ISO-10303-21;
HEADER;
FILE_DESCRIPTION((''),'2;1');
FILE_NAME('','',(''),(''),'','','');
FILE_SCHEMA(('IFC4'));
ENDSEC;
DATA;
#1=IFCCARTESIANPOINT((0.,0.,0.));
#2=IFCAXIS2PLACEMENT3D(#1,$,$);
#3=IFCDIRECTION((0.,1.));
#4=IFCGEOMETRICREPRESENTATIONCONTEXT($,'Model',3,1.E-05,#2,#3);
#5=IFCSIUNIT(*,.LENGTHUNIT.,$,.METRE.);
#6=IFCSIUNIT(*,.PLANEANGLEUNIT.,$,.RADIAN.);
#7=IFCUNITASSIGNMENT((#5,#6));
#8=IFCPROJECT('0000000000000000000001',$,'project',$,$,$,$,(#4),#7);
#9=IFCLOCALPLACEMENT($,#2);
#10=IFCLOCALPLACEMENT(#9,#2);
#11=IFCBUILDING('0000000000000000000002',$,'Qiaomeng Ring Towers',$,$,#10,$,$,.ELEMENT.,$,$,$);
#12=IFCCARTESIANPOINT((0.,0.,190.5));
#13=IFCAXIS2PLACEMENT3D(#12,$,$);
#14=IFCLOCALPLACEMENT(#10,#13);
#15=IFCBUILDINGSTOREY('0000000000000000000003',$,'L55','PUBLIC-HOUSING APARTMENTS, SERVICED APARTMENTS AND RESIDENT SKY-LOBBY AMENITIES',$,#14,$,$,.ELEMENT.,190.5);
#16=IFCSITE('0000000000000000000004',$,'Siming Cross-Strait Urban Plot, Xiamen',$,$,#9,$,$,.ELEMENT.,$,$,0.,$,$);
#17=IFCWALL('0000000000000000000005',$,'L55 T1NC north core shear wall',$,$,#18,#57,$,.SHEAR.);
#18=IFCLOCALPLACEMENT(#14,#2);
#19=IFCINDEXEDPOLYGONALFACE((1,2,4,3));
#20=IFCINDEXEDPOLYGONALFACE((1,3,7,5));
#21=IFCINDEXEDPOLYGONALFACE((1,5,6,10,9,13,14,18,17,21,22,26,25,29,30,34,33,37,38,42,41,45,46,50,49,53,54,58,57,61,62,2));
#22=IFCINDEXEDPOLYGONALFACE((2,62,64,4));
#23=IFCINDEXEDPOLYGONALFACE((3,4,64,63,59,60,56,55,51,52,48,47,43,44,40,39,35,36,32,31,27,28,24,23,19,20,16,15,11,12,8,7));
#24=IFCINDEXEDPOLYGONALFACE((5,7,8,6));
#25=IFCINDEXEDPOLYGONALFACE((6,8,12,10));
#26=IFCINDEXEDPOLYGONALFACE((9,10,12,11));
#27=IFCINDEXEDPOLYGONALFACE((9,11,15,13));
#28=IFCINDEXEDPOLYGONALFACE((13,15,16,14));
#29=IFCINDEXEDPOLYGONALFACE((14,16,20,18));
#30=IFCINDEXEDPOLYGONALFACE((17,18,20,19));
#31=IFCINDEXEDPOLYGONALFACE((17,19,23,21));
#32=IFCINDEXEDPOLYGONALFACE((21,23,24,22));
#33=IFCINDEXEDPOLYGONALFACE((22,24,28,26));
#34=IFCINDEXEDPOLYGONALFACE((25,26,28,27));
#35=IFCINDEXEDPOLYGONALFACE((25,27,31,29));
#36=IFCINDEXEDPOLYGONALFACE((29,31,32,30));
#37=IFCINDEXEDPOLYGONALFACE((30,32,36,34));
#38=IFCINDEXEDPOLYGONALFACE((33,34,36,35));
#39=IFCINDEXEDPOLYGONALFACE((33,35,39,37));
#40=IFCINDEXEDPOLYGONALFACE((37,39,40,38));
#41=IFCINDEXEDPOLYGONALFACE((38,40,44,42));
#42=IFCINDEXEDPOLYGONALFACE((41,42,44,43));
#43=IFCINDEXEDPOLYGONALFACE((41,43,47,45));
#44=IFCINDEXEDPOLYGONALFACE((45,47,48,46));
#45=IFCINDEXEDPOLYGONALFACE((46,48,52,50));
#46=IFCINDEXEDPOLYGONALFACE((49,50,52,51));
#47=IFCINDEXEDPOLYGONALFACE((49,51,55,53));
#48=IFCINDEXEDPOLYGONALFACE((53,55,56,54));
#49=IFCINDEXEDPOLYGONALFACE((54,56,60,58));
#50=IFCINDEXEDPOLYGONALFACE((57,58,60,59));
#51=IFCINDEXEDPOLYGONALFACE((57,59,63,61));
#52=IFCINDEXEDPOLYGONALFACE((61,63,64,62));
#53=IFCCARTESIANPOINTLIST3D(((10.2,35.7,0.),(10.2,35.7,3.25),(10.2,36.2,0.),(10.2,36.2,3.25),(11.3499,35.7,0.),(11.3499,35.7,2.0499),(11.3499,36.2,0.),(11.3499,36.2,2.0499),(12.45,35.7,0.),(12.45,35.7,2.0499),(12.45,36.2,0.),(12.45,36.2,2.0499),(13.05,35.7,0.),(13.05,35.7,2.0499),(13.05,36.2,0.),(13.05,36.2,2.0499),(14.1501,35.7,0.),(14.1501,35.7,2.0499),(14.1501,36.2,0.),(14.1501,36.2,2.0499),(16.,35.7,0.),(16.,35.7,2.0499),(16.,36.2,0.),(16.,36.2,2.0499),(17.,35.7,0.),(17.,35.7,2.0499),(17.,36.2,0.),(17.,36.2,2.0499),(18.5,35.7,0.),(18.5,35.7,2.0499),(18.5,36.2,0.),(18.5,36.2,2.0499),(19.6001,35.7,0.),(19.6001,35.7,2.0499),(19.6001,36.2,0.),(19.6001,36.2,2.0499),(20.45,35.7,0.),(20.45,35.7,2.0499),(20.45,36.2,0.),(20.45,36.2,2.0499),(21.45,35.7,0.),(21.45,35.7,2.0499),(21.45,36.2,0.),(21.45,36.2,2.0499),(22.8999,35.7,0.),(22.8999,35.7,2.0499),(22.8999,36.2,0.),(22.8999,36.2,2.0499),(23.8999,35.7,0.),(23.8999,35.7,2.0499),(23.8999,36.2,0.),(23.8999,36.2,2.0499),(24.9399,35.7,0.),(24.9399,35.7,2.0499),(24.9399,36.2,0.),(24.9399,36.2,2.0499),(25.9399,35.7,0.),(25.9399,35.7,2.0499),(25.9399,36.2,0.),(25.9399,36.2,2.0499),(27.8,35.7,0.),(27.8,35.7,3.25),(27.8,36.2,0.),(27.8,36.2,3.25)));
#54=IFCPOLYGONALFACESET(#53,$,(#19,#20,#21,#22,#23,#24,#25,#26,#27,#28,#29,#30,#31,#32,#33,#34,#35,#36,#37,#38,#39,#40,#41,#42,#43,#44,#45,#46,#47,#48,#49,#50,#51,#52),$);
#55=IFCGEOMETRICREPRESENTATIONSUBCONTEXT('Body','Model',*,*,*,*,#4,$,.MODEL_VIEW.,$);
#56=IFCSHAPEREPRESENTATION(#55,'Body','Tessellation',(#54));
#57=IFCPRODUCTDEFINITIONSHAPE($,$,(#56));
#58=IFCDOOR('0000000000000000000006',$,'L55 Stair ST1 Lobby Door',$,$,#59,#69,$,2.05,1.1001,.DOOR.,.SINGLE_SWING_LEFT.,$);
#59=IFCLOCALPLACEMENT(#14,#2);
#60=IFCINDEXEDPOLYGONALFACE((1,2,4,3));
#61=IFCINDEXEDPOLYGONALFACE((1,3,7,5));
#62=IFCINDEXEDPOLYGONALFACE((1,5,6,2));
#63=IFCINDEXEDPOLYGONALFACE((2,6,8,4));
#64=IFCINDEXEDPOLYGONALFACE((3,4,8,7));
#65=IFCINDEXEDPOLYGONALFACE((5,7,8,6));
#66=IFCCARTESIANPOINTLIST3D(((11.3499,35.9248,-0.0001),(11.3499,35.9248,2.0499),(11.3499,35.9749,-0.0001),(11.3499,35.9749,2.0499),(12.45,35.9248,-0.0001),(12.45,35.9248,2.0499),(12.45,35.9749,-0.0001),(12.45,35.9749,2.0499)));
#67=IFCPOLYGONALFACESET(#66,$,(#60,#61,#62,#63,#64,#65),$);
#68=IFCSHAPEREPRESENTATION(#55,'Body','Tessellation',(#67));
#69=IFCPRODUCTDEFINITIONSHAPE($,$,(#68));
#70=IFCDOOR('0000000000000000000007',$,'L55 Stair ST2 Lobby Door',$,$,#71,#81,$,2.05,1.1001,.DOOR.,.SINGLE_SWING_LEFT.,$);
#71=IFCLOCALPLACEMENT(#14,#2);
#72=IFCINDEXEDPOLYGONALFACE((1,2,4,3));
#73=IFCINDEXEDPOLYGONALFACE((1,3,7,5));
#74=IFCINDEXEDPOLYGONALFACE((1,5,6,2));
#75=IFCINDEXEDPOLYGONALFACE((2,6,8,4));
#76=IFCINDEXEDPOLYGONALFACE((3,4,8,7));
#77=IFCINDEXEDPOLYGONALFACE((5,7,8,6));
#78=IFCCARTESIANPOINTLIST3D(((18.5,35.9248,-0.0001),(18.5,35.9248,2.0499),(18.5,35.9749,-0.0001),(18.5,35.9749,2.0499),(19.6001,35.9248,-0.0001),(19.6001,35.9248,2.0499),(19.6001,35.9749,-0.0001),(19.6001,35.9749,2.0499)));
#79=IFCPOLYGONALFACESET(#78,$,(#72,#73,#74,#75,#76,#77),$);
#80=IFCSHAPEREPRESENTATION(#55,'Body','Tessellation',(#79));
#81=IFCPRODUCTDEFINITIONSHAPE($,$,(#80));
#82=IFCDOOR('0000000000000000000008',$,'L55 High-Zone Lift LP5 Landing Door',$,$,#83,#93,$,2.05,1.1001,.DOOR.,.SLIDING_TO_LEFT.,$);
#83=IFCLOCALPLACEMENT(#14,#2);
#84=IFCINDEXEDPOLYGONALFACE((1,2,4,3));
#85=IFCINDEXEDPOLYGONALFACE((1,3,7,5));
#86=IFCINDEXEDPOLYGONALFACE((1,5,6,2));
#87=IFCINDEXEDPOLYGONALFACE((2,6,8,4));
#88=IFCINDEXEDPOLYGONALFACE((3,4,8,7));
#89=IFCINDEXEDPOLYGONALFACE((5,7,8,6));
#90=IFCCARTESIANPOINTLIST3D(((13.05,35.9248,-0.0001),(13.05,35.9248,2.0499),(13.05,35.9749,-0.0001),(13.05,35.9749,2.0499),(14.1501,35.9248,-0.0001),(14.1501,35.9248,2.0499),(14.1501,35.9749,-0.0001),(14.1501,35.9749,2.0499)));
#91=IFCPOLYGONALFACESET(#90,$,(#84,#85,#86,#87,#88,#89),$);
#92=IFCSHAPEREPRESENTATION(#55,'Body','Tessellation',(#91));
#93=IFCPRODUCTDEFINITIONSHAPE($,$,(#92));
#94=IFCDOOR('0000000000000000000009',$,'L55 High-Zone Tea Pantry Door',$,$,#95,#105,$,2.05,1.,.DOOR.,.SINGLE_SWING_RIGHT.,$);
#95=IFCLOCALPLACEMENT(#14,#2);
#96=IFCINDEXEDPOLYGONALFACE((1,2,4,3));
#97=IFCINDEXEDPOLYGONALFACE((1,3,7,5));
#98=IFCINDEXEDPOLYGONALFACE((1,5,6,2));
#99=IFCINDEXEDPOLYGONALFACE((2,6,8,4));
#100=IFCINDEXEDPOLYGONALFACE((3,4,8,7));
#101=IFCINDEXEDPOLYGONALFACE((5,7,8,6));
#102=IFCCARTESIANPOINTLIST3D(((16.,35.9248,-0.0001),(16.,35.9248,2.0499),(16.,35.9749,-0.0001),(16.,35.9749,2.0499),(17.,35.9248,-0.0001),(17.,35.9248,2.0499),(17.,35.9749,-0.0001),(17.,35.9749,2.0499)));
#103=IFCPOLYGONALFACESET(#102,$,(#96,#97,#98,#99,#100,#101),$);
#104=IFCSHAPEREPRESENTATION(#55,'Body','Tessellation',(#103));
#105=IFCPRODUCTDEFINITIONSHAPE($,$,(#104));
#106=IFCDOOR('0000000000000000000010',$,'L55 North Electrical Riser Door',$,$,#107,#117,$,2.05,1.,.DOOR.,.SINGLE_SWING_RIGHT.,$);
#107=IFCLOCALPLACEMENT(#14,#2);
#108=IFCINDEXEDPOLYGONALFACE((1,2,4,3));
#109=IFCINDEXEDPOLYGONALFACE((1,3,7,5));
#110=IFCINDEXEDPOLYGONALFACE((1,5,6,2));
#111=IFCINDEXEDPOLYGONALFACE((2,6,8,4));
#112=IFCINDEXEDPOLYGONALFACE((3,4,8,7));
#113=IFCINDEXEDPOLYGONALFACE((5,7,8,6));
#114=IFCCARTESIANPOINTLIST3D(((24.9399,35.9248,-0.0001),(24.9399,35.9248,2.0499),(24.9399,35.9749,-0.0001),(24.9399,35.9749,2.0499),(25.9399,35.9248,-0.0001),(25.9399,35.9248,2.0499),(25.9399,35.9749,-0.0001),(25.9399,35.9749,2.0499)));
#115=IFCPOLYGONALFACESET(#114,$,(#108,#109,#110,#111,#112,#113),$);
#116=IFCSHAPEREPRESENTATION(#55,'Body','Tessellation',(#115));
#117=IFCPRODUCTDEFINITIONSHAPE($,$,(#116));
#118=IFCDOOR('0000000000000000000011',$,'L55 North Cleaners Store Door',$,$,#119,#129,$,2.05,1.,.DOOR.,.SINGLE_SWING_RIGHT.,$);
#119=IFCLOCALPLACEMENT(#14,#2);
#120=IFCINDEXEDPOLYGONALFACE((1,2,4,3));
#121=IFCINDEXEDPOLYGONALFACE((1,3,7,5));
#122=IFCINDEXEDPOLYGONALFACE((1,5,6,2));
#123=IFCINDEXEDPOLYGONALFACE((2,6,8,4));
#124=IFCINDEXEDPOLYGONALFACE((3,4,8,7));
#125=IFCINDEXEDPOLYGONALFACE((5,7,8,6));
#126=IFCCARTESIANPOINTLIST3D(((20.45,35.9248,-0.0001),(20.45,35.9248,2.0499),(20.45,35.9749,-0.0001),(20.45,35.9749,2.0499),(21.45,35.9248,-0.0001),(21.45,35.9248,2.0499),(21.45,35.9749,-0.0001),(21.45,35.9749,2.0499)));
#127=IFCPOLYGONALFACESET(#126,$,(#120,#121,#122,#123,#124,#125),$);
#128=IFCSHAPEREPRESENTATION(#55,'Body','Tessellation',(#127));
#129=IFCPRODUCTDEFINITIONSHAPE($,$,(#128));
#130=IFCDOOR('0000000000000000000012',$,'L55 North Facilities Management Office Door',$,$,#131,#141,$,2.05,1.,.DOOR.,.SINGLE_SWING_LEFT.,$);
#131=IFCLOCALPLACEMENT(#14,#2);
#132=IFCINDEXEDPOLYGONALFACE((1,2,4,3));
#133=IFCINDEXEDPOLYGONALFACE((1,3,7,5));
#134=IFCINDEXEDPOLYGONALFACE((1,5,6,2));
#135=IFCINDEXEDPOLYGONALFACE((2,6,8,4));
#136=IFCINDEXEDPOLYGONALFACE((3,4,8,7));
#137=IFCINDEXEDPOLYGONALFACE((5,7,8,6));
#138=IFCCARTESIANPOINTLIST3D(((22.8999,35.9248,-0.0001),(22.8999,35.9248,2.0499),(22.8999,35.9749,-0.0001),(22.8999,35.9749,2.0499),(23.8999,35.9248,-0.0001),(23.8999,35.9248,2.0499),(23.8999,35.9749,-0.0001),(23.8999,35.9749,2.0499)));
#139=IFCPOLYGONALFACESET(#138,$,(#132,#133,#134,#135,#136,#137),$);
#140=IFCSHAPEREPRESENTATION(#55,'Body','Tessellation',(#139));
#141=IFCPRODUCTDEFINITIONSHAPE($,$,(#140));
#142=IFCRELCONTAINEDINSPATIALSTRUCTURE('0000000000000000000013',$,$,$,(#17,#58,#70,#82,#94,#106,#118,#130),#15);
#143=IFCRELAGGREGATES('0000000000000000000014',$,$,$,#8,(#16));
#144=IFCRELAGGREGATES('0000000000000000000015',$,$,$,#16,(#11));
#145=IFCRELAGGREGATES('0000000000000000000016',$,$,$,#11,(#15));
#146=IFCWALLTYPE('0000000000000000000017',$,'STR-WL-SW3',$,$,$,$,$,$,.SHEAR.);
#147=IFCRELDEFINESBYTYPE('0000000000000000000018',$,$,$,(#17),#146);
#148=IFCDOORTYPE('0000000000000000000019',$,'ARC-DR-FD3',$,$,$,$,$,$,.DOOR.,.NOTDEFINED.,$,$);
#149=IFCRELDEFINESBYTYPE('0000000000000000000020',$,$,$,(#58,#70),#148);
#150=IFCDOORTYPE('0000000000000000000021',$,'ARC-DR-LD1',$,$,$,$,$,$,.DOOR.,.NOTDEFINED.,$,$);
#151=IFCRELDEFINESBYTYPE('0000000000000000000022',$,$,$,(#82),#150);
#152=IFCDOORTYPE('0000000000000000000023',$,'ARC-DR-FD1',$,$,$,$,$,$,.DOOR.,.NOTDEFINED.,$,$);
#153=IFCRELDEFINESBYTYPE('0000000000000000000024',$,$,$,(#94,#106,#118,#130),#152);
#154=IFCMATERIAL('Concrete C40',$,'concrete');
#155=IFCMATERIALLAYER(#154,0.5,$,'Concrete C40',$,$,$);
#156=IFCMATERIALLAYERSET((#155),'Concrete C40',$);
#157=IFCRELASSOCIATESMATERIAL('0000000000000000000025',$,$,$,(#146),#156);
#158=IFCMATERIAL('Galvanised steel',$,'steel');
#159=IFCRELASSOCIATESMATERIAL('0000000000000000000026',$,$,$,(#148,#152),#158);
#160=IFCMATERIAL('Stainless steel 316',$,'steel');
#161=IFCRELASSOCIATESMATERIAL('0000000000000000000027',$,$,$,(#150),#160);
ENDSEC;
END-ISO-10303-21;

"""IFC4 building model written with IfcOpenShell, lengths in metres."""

from ifc_helpers import new_model, si_unit, direction, frame, frame_2d, origin, place, context, subcontext, project, spatial, rectangle, extrude, source, transform, mapped, material, layer, layer_set, type_object, element, fill, save


model = new_model("IFC4")

# Units and contexts
model_context = context("Model", 3, precision=1e-05, world=origin(), true_north=direction((0.0, 1.0)))
body_context = subcontext(model_context, "Body", "Model", "MODEL_VIEW")
ifc_project = project(units=[si_unit("LENGTHUNIT", "METRE"), si_unit("PLANEANGLEUNIT", "RADIAN")], contexts=[model_context])

# Site, building, storey
site_placement = place(None, origin())
site = spatial("IfcSite", under=ifc_project, at=site_placement, Name="Siming Cross-Strait Urban Plot, Xiamen", CompositionType="ELEMENT", RefElevation=0.0)
building_placement = place(site_placement, origin())
building = spatial("IfcBuilding", under=site, at=building_placement, Name="Qiaomeng Ring Towers", CompositionType="ELEMENT")
storey_placement = place(building_placement, frame((0.0, 0.0, 190.5)))
storey = spatial("IfcBuildingStorey", under=building, at=storey_placement, Name="L55", Description="PUBLIC-HOUSING APARTMENTS, SERVICED APARTMENTS AND RESIDENT SKY-LOBBY AMENITIES", CompositionType="ELEMENT", Elevation=190.5)

# Shared definitions
ifc_material_1 = material(Name="Concrete C40", Category="concrete")

# Wall, openings, doors
ifc_layer_1 = layer(ifc_material_1, 0.5, Name="Concrete C40")
ifc_layer_set_1 = layer_set([ifc_layer_1], Name="Concrete C40")
wall_type_1 = type_object("IfcWallType", Name="STR-WL-SW3", PredefinedType="SHEAR", material=ifc_layer_set_1)
wall_1_placement = place(storey_placement, frame((10.2, 35.95, 0.0), z_axis=(0.0, 0.0, 1.0), x_axis=(1.0, 0.0, 0.0)))
wall_1 = element("IfcWall", 1, at=wall_1_placement, inside=storey, type_object=wall_type_1, Name="L55 T1NC north core shear wall", PredefinedType="SHEAR", context=body_context, shape_type="SweptSolid", body=[
    extrude(rectangle(XDim=17.6001, YDim=0.5, at=frame_2d((8.8, 0.0))), origin(), (0.0, 0.0, 1.0), 3.25),
])
opening_1_placement = place(wall_1_placement, frame((1.1499, 0.0, 0.0)))
opening_1 = element("IfcOpeningElement", 2, at=opening_1_placement, cuts=wall_1, PredefinedType="OPENING", context=body_context, shape_type="SweptSolid", body=[
    extrude(rectangle(XDim=1.1001, YDim=2.05, at=frame_2d((0.55, 1.0249))), frame((0.0, 0.26, 0.0), z_axis=(0.0, -1.0, 0.0), x_axis=(1.0, 0.0, 0.0)), (0.0, 0.0, 1.0), 0.52),
])
opening_2_placement = place(wall_1_placement, frame((8.3, 0.0, 0.0)))
opening_2 = element("IfcOpeningElement", 3, at=opening_2_placement, cuts=wall_1, PredefinedType="OPENING", context=body_context, shape_type="SweptSolid", body=[
    extrude(rectangle(XDim=1.1001, YDim=2.05, at=frame_2d((0.55, 1.0249))), frame((0.0, 0.26, 0.0), z_axis=(0.0, -1.0, 0.0), x_axis=(1.0, 0.0, 0.0)), (0.0, 0.0, 1.0), 0.52),
])
opening_3_placement = place(wall_1_placement, frame((2.8501, 0.0, 0.0)))
opening_3 = element("IfcOpeningElement", 4, at=opening_3_placement, cuts=wall_1, PredefinedType="OPENING", context=body_context, shape_type="SweptSolid", body=[
    extrude(rectangle(XDim=1.1001, YDim=2.05, at=frame_2d((0.55, 1.0249))), frame((0.0, 0.26, 0.0), z_axis=(0.0, -1.0, 0.0), x_axis=(1.0, 0.0, 0.0)), (0.0, 0.0, 1.0), 0.52),
])
opening_4_placement = place(wall_1_placement, frame((5.8, 0.0, 0.0)))
opening_4 = element("IfcOpeningElement", 5, at=opening_4_placement, cuts=wall_1, PredefinedType="OPENING", context=body_context, shape_type="SweptSolid", body=[
    extrude(rectangle(XDim=1.0, YDim=2.05, at=frame_2d((0.5, 1.0249))), frame((0.0, 0.26, 0.0), z_axis=(0.0, -1.0, 0.0), x_axis=(1.0, 0.0, 0.0)), (0.0, 0.0, 1.0), 0.52),
])
opening_5_placement = place(wall_1_placement, frame((14.74, 0.0, 0.0)))
opening_5 = element("IfcOpeningElement", 6, at=opening_5_placement, cuts=wall_1, PredefinedType="OPENING", context=body_context, shape_type="SweptSolid", body=[
    extrude(rectangle(XDim=1.0, YDim=2.05, at=frame_2d((0.5, 1.0249))), frame((0.0, 0.26, 0.0), z_axis=(0.0, -1.0, 0.0), x_axis=(1.0, 0.0, 0.0)), (0.0, 0.0, 1.0), 0.52),
])
opening_6_placement = place(wall_1_placement, frame((10.25, 0.0, 0.0)))
opening_6 = element("IfcOpeningElement", 7, at=opening_6_placement, cuts=wall_1, PredefinedType="OPENING", context=body_context, shape_type="SweptSolid", body=[
    extrude(rectangle(XDim=1.0, YDim=2.05, at=frame_2d((0.5, 1.0249))), frame((0.0, 0.26, 0.0), z_axis=(0.0, -1.0, 0.0), x_axis=(1.0, 0.0, 0.0)), (0.0, 0.0, 1.0), 0.52),
])
opening_7_placement = place(wall_1_placement, frame((12.7, 0.0, 0.0)))
opening_7 = element("IfcOpeningElement", 8, at=opening_7_placement, cuts=wall_1, PredefinedType="OPENING", context=body_context, shape_type="SweptSolid", body=[
    extrude(rectangle(XDim=1.0, YDim=2.05, at=frame_2d((0.5, 1.0249))), frame((0.0, 0.26, 0.0), z_axis=(0.0, -1.0, 0.0), x_axis=(1.0, 0.0, 0.0)), (0.0, 0.0, 1.0), 0.52),
])
ifc_material_2 = material(Name="Galvanised steel", Category="steel")
door_type_1 = type_object("IfcDoorType", Name="ARC-DR-FD3", OperationType="NOTDEFINED", PredefinedType="DOOR", material=ifc_material_2)
shared_shape_1 = source(origin(), body_context, "Body", "SweptSolid", [
    extrude(rectangle(XDim=1.1001, YDim=2.05, at=frame_2d((0.55, 1.0249))), frame((0.0, 0.0249, 0.0), z_axis=(0.0, -1.0, 0.0), x_axis=(1.0, 0.0, 0.0)), (0.0, 0.0, 1.0), 0.05),
])
door_1_placement = place(opening_1_placement, origin())
door_1 = element("IfcDoor", 9, at=door_1_placement, inside=storey, type_object=door_type_1, Name="L55 Stair ST1 Lobby Door", OperationType="SINGLE_SWING_LEFT", OverallHeight=2.05, OverallWidth=1.1001, PredefinedType="DOOR", context=body_context, shape_type="MappedRepresentation", body=[
    mapped(shared_shape_1, transform((0.0, 0.0, 0.0), x_axis=(1.0, 0.0, 0.0), y_axis=(0.0, 1.0, 0.0), z_axis=(0.0, 0.0, 1.0), scale=1.0)),
])
fill(opening_1, door_1)
door_2_placement = place(opening_2_placement, origin())
door_2 = element("IfcDoor", 10, at=door_2_placement, inside=storey, type_object=door_type_1, Name="L55 Stair ST2 Lobby Door", OperationType="SINGLE_SWING_LEFT", OverallHeight=2.05, OverallWidth=1.1001, PredefinedType="DOOR", context=body_context, shape_type="MappedRepresentation", body=[
    mapped(shared_shape_1, transform((0.0, 0.0, 0.0), x_axis=(1.0, 0.0, 0.0), y_axis=(0.0, 1.0, 0.0), z_axis=(0.0, 0.0, 1.0), scale=1.0)),
])
fill(opening_2, door_2)
ifc_material_3 = material(Name="Stainless steel 316", Category="steel")
door_type_2 = type_object("IfcDoorType", Name="ARC-DR-LD1", OperationType="NOTDEFINED", PredefinedType="DOOR", material=ifc_material_3)
door_3_placement = place(opening_3_placement, origin())
door_3 = element("IfcDoor", 11, at=door_3_placement, inside=storey, type_object=door_type_2, Name="L55 High-Zone Lift LP5 Landing Door", OperationType="SLIDING_TO_LEFT", OverallHeight=2.05, OverallWidth=1.1001, PredefinedType="DOOR", context=body_context, shape_type="MappedRepresentation", body=[
    mapped(shared_shape_1, transform((0.0, 0.0, 0.0), x_axis=(1.0, 0.0, 0.0), y_axis=(0.0, 1.0, 0.0), z_axis=(0.0, 0.0, 1.0), scale=1.0)),
])
fill(opening_3, door_3)
door_type_3 = type_object("IfcDoorType", Name="ARC-DR-FD1", OperationType="NOTDEFINED", PredefinedType="DOOR", material=ifc_material_2)
shared_shape_2 = source(origin(), body_context, "Body", "SweptSolid", [
    extrude(rectangle(XDim=1.0, YDim=2.05, at=frame_2d((0.5, 1.0249))), frame((0.0, 0.0249, 0.0), z_axis=(0.0, -1.0, 0.0), x_axis=(1.0, 0.0, 0.0)), (0.0, 0.0, 1.0), 0.05),
])
door_4_placement = place(opening_4_placement, origin())
door_4 = element("IfcDoor", 12, at=door_4_placement, inside=storey, type_object=door_type_3, Name="L55 High-Zone Tea Pantry Door", OperationType="SINGLE_SWING_RIGHT", OverallHeight=2.05, OverallWidth=1.0, PredefinedType="DOOR", context=body_context, shape_type="MappedRepresentation", body=[
    mapped(shared_shape_2, transform((0.0, 0.0, 0.0), x_axis=(1.0, 0.0, 0.0), y_axis=(0.0, 1.0, 0.0), z_axis=(0.0, 0.0, 1.0), scale=1.0)),
])
fill(opening_4, door_4)
door_5_placement = place(opening_5_placement, origin())
door_5 = element("IfcDoor", 13, at=door_5_placement, inside=storey, type_object=door_type_3, Name="L55 North Electrical Riser Door", OperationType="SINGLE_SWING_RIGHT", OverallHeight=2.05, OverallWidth=1.0, PredefinedType="DOOR", context=body_context, shape_type="MappedRepresentation", body=[
    mapped(shared_shape_2, transform((0.0, 0.0, 0.0), x_axis=(1.0, 0.0, 0.0), y_axis=(0.0, 1.0, 0.0), z_axis=(0.0, 0.0, 1.0), scale=1.0)),
])
fill(opening_5, door_5)
door_6_placement = place(opening_6_placement, origin())
door_6 = element("IfcDoor", 14, at=door_6_placement, inside=storey, type_object=door_type_3, Name="L55 North Cleaners Store Door", OperationType="SINGLE_SWING_RIGHT", OverallHeight=2.05, OverallWidth=1.0, PredefinedType="DOOR", context=body_context, shape_type="MappedRepresentation", body=[
    mapped(shared_shape_2, transform((0.0, 0.0, 0.0), x_axis=(1.0, 0.0, 0.0), y_axis=(0.0, 1.0, 0.0), z_axis=(0.0, 0.0, 1.0), scale=1.0)),
])
fill(opening_6, door_6)
door_7_placement = place(opening_7_placement, origin())
door_7 = element("IfcDoor", 15, at=door_7_placement, inside=storey, type_object=door_type_3, Name="L55 North Facilities Management Office Door", OperationType="SINGLE_SWING_LEFT", OverallHeight=2.05, OverallWidth=1.0, PredefinedType="DOOR", context=body_context, shape_type="MappedRepresentation", body=[
    mapped(shared_shape_2, transform((0.0, 0.0, 0.0), x_axis=(1.0, 0.0, 0.0), y_axis=(0.0, 1.0, 0.0), z_axis=(0.0, 0.0, 1.0), scale=1.0)),
])
fill(opening_7, door_7)

save(model, "model.ifc")
